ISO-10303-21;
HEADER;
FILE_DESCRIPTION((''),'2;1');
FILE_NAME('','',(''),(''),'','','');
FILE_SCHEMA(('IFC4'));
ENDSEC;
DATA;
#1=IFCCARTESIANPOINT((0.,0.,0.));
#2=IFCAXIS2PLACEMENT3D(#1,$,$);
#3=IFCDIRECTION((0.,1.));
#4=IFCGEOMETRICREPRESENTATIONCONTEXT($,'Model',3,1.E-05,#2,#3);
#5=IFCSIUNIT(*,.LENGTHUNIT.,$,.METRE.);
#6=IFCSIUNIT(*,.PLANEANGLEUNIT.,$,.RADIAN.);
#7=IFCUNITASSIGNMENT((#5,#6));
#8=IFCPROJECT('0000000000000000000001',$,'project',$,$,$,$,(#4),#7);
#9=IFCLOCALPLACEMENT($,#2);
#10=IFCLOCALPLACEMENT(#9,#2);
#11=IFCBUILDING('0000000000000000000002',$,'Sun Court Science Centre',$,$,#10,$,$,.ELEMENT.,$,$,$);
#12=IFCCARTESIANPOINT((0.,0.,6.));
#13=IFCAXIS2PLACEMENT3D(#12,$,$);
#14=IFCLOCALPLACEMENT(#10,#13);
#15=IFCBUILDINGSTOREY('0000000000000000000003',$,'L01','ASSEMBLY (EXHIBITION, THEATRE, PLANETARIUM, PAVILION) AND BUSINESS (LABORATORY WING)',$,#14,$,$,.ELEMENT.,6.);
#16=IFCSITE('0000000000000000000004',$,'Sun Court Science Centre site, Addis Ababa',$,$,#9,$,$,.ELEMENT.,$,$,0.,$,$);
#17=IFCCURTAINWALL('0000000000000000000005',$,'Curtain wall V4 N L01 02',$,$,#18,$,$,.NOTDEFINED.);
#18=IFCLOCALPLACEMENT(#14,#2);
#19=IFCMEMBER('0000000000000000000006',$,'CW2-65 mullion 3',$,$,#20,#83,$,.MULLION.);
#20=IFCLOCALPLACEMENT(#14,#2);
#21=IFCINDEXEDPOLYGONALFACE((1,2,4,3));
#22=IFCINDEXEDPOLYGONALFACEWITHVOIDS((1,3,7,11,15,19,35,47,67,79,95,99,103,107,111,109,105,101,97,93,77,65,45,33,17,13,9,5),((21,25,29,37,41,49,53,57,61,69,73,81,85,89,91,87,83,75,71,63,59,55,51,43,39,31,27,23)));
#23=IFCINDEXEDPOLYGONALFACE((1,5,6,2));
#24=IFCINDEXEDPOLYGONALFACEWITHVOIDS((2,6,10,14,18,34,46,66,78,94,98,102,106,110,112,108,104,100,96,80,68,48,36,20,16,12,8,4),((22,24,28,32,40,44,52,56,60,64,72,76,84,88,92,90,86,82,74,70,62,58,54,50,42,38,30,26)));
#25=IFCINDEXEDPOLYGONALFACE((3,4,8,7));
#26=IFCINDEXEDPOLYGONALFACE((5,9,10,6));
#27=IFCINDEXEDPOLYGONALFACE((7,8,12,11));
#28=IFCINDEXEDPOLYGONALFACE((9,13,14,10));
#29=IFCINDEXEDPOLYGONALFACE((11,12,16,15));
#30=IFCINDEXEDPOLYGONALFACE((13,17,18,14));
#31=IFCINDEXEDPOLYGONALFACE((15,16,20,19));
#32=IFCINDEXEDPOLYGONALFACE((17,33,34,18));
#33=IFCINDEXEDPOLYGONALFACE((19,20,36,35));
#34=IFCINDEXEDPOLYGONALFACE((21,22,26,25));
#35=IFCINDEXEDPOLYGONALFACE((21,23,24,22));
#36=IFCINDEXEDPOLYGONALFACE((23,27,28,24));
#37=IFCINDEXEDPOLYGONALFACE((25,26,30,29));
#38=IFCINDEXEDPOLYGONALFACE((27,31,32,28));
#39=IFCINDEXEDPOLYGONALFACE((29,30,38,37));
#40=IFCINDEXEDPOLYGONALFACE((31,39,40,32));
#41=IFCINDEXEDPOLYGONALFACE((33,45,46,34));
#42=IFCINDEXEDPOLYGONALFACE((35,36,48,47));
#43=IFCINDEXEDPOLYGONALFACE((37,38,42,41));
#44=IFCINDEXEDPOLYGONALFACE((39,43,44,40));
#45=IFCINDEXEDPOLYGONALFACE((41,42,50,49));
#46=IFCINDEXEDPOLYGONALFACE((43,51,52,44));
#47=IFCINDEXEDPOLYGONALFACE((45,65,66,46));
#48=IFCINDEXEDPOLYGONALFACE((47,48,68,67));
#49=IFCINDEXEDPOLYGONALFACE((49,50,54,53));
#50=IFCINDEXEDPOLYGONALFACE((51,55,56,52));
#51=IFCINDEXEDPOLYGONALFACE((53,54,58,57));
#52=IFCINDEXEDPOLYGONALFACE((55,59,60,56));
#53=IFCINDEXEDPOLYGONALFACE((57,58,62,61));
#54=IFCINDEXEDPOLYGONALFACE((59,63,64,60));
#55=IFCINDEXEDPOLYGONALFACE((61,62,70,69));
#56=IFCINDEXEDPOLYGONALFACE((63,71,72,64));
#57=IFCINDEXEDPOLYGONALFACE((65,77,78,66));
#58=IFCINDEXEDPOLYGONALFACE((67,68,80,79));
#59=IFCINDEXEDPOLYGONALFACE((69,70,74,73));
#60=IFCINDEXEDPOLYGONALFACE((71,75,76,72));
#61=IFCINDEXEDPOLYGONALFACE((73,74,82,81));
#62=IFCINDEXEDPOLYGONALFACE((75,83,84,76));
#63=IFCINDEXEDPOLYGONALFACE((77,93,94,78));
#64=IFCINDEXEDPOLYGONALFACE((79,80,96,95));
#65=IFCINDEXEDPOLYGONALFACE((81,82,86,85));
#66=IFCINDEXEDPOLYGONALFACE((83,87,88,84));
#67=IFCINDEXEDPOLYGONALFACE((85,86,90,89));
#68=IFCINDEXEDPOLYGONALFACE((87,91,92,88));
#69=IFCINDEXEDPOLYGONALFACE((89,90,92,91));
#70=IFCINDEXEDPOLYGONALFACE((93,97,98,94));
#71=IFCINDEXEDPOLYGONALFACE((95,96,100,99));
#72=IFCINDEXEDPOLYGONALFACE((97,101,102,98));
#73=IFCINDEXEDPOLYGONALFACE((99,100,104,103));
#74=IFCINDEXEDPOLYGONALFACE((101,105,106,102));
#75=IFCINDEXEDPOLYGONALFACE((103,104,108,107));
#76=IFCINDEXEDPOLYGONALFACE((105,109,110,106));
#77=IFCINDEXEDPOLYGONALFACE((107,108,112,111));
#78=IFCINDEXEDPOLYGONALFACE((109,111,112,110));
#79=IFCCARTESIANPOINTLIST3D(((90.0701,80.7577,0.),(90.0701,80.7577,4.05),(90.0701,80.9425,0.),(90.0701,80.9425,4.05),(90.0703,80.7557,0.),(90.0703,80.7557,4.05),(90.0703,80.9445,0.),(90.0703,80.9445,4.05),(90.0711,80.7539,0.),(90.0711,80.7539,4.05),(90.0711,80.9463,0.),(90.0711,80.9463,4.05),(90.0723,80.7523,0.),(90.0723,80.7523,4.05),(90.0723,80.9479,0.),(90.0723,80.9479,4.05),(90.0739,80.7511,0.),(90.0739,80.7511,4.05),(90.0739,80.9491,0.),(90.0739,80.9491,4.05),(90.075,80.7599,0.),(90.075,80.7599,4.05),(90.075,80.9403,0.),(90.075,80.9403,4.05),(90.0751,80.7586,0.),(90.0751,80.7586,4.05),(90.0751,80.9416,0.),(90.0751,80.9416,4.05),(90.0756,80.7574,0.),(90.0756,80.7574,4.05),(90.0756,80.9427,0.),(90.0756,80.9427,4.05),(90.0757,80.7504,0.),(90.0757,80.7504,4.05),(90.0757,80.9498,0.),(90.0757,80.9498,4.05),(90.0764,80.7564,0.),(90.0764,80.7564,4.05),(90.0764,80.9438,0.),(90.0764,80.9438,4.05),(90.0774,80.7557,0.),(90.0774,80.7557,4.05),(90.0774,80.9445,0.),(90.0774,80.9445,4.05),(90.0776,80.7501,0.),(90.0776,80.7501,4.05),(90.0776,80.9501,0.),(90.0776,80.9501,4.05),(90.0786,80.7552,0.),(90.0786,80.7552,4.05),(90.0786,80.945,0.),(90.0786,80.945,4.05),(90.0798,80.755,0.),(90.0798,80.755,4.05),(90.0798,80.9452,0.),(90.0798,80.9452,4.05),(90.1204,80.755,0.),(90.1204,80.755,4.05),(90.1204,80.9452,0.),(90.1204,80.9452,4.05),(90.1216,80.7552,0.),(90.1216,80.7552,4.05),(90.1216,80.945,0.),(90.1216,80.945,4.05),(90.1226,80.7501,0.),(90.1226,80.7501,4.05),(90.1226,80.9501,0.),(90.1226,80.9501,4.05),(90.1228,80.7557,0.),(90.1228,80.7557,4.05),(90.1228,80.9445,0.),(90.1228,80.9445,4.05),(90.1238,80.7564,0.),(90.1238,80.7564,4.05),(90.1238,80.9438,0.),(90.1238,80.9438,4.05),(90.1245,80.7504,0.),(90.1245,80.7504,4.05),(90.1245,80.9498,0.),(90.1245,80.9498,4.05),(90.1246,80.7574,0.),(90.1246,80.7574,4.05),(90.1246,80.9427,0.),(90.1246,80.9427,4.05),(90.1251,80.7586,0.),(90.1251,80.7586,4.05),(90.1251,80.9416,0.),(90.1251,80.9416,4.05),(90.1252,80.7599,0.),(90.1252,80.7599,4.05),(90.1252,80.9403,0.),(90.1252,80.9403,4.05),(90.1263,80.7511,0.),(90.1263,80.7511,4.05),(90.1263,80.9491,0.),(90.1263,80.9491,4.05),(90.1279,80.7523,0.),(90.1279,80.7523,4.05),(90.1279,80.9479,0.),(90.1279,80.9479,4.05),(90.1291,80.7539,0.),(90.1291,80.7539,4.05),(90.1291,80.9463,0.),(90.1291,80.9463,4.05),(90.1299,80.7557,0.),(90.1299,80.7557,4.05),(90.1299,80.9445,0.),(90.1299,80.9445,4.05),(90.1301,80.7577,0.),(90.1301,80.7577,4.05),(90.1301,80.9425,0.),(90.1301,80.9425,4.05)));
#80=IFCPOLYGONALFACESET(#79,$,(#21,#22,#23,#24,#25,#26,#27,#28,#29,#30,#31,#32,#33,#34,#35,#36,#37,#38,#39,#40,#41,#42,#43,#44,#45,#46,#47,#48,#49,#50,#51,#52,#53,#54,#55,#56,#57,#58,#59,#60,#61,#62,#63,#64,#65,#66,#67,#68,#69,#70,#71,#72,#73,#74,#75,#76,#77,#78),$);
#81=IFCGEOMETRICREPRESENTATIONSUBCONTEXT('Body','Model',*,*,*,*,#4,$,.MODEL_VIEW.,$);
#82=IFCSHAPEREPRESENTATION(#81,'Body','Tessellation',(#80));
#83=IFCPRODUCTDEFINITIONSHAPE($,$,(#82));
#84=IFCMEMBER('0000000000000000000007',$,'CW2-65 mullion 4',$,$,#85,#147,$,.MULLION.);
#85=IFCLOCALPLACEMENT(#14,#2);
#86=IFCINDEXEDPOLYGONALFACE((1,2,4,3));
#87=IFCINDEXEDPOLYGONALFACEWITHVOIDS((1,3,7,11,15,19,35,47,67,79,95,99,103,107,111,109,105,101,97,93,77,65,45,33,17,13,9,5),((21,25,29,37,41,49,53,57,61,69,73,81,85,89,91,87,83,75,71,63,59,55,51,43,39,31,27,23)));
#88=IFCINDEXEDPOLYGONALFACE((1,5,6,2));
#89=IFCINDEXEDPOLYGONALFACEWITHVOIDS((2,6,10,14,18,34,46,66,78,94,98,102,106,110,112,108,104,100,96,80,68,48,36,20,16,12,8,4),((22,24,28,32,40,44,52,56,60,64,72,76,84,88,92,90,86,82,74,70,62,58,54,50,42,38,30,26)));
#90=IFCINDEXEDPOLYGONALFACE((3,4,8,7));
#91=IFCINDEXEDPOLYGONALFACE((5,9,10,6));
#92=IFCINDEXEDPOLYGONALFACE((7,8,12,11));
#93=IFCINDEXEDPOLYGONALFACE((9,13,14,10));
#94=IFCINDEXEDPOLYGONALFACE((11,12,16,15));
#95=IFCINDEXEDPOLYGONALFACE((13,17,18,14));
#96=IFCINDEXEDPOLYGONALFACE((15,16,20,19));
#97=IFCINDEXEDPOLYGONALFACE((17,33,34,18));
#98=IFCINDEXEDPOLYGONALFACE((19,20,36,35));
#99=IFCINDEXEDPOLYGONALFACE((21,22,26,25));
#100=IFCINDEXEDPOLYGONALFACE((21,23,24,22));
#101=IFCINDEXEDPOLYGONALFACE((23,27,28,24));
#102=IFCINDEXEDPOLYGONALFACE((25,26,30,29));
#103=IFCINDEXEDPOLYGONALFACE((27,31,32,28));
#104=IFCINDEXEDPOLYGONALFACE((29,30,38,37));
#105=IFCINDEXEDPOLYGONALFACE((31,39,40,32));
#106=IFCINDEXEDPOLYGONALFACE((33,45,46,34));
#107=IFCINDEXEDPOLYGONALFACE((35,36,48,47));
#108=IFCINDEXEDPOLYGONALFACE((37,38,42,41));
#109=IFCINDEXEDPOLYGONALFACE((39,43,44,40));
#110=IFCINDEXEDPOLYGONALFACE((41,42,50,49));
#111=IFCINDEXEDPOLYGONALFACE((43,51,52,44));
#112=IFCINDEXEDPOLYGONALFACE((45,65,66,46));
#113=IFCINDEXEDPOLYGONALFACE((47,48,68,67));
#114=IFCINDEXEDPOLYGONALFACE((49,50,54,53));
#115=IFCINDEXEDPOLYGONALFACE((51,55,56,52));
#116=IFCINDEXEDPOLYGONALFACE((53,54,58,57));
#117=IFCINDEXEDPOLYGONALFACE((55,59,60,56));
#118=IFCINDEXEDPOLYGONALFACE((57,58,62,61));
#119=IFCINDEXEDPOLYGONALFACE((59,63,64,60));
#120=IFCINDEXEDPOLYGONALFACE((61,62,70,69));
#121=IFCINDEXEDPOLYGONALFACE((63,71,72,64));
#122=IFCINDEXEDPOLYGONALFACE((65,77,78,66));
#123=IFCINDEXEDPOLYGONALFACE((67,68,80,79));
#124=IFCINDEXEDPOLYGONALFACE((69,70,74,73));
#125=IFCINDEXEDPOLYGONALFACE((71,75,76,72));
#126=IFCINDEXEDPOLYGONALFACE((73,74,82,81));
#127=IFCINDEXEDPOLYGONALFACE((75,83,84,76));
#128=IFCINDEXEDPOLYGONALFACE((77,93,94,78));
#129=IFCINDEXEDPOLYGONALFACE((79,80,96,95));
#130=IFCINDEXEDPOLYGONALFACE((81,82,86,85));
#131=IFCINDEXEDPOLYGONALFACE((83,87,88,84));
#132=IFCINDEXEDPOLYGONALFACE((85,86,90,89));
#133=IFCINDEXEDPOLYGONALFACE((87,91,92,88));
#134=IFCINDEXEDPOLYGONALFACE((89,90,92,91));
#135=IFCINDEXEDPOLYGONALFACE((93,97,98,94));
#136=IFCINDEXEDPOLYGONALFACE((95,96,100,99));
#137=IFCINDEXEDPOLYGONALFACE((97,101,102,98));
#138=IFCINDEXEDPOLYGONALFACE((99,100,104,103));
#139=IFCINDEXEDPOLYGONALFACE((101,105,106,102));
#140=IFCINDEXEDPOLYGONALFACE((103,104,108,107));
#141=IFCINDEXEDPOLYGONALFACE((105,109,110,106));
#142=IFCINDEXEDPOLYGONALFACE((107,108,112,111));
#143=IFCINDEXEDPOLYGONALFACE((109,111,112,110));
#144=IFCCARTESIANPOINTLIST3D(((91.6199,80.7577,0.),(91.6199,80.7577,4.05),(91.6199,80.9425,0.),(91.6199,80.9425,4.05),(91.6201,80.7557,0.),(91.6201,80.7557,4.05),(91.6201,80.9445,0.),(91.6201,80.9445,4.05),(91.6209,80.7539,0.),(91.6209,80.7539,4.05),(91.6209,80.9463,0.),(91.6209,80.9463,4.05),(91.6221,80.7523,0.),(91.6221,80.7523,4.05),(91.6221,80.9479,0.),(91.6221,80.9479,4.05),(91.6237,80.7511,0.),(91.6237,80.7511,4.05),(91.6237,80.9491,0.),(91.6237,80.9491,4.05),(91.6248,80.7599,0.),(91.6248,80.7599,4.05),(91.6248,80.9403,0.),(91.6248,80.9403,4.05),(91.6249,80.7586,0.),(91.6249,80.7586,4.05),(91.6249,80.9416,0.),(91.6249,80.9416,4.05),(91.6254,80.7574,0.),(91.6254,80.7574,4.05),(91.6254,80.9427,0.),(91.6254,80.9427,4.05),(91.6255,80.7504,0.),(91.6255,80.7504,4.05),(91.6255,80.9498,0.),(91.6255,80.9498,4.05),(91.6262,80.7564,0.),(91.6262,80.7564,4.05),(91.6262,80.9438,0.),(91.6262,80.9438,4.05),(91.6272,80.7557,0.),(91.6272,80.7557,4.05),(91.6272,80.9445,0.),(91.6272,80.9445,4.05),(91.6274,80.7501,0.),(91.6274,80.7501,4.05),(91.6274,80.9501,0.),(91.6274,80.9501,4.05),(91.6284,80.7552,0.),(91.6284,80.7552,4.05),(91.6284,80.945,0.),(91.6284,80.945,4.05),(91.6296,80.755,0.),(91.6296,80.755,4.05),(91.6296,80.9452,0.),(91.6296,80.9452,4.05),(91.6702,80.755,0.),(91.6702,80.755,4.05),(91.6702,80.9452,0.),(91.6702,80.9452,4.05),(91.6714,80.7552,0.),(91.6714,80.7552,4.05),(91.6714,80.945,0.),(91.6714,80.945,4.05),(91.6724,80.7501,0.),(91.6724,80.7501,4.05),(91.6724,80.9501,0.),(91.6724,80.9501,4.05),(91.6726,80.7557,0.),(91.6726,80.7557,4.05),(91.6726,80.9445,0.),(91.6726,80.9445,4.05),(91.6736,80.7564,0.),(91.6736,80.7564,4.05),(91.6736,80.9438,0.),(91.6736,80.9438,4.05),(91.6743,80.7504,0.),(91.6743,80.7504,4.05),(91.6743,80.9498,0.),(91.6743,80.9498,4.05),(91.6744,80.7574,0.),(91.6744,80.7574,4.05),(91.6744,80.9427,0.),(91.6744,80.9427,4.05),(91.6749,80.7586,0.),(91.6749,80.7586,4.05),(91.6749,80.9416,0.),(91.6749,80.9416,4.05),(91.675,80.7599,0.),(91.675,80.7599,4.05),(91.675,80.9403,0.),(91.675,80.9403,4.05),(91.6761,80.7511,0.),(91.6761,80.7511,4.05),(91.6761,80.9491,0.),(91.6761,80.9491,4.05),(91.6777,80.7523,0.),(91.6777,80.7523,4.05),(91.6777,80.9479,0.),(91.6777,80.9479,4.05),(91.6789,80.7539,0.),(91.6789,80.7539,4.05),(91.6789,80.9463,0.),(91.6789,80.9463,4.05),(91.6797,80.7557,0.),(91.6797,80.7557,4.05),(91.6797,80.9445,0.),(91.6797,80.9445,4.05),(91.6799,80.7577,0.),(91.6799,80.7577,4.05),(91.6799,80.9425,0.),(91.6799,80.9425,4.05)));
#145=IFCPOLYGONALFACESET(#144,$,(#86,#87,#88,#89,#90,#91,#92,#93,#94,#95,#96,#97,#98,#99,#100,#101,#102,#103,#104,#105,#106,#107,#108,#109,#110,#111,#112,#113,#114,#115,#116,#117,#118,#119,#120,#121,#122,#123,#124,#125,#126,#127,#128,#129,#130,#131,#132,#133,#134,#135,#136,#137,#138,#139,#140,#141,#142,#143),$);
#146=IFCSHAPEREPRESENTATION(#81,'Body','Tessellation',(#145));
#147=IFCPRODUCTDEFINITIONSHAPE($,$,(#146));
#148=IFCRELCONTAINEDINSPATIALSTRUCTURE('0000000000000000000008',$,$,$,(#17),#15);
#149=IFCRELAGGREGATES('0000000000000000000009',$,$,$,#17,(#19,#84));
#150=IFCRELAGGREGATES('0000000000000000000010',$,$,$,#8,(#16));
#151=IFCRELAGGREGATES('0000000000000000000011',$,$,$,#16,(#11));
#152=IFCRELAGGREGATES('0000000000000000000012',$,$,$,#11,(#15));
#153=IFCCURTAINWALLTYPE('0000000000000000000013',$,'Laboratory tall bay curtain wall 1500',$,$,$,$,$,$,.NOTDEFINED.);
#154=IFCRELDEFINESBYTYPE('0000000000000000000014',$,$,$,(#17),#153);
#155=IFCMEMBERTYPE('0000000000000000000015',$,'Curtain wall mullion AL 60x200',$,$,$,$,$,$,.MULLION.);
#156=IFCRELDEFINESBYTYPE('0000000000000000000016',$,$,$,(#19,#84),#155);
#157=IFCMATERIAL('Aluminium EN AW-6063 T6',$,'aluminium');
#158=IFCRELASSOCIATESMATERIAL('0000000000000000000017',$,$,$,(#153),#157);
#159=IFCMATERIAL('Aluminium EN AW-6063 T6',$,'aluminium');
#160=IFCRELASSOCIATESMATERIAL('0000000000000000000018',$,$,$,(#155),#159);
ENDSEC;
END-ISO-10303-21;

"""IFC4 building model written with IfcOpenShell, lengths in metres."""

from ifc_helpers import new_model, si_unit, direction, frame, origin, origin_2d, place, context, subcontext, project, spatial, hollow_rectangle, extrude, material, material_profile, profile_set, type_object, element, aggregate, save


model = new_model("IFC4")

# Units and contexts
model_context = context("Model", 3, precision=1e-05, world=origin(), true_north=direction((0.0, 1.0)))
body_context = subcontext(model_context, "Body", "Model", "MODEL_VIEW")
ifc_project = project(units=[si_unit("LENGTHUNIT", "METRE"), si_unit("PLANEANGLEUNIT", "RADIAN")], contexts=[model_context])

# Site, building, storey
site_placement = place(None, origin())
site = spatial("IfcSite", under=ifc_project, at=site_placement, Name="Sun Court Science Centre site, Addis Ababa", CompositionType="ELEMENT", RefElevation=0.0)
building_placement = place(site_placement, origin())
building = spatial("IfcBuilding", under=site, at=building_placement, Name="Sun Court Science Centre", CompositionType="ELEMENT")
storey_placement = place(building_placement, frame((0.0, 0.0, 6.0)))
storey = spatial("IfcBuildingStorey", under=building, at=storey_placement, Name="L01", Description="ASSEMBLY (EXHIBITION, THEATRE, PLANETARIUM, PAVILION) AND BUSINESS (LABORATORY WING)", CompositionType="ELEMENT", Elevation=6.0)

# Curtain wall, members
ifc_material_1 = material(Name="Aluminium EN AW-6063 T6", Category="aluminium")
curtain_wall_type = type_object("IfcCurtainWallType", Name="Laboratory tall bay curtain wall 1500", PredefinedType="NOTDEFINED", material=ifc_material_1)
curtain_wall_placement = place(storey_placement, origin())
curtain_wall = element("IfcCurtainWall", 1, at=curtain_wall_placement, inside=storey, type_object=curtain_wall_type, Name="Curtain wall V4 N L01 02", PredefinedType="NOTDEFINED")
ifc_material_2 = material(Name="Aluminium EN AW-6063 T6", Category="aluminium")
ifc_material_profile_1 = material_profile(ifc_material_2, hollow_rectangle(XDim=0.0601, YDim=0.2, WallThickness=0.0049, InnerFilletRadius=0.0049, OuterFilletRadius=0.0076, at=origin_2d()), Name="AL 60x200x5")
ifc_profile_set_1 = profile_set([ifc_material_profile_1], Name="Aluminium EN AW-6063 T6")
member_type_1 = type_object("IfcMemberType", Name="Curtain wall mullion AL 60x200", PredefinedType="MULLION", material=ifc_profile_set_1)
member_1_placement = place(storey_placement, frame((90.1001, 80.8501, 0.0), z_axis=(0.0, 0.0, 1.0), x_axis=(1.0, 0.0, 0.0)))
member_1 = element("IfcMember", 2, at=member_1_placement, type_object=member_type_1, Name="CW2-65 mullion 3", PredefinedType="MULLION", context=body_context, shape_type="SweptSolid", body=[
    extrude(hollow_rectangle(XDim=0.0601, YDim=0.2, WallThickness=0.0049, InnerFilletRadius=0.0049, OuterFilletRadius=0.0076, at=origin_2d()), origin(), (0.0, 0.0, 1.0), 4.05),
])
member_2_placement = place(storey_placement, frame((91.6499, 80.8501, 0.0), z_axis=(0.0, 0.0, 1.0), x_axis=(1.0, 0.0, 0.0)))
member_2 = element("IfcMember", 3, at=member_2_placement, type_object=member_type_1, Name="CW2-65 mullion 4", PredefinedType="MULLION", context=body_context, shape_type="SweptSolid", body=[
    extrude(hollow_rectangle(XDim=0.0601, YDim=0.2, WallThickness=0.0049, InnerFilletRadius=0.0049, OuterFilletRadius=0.0076, at=origin_2d()), origin(), (0.0, 0.0, 1.0), 4.05),
])
aggregate(curtain_wall, [member_1, member_2])

save(model, "model.ifc")
